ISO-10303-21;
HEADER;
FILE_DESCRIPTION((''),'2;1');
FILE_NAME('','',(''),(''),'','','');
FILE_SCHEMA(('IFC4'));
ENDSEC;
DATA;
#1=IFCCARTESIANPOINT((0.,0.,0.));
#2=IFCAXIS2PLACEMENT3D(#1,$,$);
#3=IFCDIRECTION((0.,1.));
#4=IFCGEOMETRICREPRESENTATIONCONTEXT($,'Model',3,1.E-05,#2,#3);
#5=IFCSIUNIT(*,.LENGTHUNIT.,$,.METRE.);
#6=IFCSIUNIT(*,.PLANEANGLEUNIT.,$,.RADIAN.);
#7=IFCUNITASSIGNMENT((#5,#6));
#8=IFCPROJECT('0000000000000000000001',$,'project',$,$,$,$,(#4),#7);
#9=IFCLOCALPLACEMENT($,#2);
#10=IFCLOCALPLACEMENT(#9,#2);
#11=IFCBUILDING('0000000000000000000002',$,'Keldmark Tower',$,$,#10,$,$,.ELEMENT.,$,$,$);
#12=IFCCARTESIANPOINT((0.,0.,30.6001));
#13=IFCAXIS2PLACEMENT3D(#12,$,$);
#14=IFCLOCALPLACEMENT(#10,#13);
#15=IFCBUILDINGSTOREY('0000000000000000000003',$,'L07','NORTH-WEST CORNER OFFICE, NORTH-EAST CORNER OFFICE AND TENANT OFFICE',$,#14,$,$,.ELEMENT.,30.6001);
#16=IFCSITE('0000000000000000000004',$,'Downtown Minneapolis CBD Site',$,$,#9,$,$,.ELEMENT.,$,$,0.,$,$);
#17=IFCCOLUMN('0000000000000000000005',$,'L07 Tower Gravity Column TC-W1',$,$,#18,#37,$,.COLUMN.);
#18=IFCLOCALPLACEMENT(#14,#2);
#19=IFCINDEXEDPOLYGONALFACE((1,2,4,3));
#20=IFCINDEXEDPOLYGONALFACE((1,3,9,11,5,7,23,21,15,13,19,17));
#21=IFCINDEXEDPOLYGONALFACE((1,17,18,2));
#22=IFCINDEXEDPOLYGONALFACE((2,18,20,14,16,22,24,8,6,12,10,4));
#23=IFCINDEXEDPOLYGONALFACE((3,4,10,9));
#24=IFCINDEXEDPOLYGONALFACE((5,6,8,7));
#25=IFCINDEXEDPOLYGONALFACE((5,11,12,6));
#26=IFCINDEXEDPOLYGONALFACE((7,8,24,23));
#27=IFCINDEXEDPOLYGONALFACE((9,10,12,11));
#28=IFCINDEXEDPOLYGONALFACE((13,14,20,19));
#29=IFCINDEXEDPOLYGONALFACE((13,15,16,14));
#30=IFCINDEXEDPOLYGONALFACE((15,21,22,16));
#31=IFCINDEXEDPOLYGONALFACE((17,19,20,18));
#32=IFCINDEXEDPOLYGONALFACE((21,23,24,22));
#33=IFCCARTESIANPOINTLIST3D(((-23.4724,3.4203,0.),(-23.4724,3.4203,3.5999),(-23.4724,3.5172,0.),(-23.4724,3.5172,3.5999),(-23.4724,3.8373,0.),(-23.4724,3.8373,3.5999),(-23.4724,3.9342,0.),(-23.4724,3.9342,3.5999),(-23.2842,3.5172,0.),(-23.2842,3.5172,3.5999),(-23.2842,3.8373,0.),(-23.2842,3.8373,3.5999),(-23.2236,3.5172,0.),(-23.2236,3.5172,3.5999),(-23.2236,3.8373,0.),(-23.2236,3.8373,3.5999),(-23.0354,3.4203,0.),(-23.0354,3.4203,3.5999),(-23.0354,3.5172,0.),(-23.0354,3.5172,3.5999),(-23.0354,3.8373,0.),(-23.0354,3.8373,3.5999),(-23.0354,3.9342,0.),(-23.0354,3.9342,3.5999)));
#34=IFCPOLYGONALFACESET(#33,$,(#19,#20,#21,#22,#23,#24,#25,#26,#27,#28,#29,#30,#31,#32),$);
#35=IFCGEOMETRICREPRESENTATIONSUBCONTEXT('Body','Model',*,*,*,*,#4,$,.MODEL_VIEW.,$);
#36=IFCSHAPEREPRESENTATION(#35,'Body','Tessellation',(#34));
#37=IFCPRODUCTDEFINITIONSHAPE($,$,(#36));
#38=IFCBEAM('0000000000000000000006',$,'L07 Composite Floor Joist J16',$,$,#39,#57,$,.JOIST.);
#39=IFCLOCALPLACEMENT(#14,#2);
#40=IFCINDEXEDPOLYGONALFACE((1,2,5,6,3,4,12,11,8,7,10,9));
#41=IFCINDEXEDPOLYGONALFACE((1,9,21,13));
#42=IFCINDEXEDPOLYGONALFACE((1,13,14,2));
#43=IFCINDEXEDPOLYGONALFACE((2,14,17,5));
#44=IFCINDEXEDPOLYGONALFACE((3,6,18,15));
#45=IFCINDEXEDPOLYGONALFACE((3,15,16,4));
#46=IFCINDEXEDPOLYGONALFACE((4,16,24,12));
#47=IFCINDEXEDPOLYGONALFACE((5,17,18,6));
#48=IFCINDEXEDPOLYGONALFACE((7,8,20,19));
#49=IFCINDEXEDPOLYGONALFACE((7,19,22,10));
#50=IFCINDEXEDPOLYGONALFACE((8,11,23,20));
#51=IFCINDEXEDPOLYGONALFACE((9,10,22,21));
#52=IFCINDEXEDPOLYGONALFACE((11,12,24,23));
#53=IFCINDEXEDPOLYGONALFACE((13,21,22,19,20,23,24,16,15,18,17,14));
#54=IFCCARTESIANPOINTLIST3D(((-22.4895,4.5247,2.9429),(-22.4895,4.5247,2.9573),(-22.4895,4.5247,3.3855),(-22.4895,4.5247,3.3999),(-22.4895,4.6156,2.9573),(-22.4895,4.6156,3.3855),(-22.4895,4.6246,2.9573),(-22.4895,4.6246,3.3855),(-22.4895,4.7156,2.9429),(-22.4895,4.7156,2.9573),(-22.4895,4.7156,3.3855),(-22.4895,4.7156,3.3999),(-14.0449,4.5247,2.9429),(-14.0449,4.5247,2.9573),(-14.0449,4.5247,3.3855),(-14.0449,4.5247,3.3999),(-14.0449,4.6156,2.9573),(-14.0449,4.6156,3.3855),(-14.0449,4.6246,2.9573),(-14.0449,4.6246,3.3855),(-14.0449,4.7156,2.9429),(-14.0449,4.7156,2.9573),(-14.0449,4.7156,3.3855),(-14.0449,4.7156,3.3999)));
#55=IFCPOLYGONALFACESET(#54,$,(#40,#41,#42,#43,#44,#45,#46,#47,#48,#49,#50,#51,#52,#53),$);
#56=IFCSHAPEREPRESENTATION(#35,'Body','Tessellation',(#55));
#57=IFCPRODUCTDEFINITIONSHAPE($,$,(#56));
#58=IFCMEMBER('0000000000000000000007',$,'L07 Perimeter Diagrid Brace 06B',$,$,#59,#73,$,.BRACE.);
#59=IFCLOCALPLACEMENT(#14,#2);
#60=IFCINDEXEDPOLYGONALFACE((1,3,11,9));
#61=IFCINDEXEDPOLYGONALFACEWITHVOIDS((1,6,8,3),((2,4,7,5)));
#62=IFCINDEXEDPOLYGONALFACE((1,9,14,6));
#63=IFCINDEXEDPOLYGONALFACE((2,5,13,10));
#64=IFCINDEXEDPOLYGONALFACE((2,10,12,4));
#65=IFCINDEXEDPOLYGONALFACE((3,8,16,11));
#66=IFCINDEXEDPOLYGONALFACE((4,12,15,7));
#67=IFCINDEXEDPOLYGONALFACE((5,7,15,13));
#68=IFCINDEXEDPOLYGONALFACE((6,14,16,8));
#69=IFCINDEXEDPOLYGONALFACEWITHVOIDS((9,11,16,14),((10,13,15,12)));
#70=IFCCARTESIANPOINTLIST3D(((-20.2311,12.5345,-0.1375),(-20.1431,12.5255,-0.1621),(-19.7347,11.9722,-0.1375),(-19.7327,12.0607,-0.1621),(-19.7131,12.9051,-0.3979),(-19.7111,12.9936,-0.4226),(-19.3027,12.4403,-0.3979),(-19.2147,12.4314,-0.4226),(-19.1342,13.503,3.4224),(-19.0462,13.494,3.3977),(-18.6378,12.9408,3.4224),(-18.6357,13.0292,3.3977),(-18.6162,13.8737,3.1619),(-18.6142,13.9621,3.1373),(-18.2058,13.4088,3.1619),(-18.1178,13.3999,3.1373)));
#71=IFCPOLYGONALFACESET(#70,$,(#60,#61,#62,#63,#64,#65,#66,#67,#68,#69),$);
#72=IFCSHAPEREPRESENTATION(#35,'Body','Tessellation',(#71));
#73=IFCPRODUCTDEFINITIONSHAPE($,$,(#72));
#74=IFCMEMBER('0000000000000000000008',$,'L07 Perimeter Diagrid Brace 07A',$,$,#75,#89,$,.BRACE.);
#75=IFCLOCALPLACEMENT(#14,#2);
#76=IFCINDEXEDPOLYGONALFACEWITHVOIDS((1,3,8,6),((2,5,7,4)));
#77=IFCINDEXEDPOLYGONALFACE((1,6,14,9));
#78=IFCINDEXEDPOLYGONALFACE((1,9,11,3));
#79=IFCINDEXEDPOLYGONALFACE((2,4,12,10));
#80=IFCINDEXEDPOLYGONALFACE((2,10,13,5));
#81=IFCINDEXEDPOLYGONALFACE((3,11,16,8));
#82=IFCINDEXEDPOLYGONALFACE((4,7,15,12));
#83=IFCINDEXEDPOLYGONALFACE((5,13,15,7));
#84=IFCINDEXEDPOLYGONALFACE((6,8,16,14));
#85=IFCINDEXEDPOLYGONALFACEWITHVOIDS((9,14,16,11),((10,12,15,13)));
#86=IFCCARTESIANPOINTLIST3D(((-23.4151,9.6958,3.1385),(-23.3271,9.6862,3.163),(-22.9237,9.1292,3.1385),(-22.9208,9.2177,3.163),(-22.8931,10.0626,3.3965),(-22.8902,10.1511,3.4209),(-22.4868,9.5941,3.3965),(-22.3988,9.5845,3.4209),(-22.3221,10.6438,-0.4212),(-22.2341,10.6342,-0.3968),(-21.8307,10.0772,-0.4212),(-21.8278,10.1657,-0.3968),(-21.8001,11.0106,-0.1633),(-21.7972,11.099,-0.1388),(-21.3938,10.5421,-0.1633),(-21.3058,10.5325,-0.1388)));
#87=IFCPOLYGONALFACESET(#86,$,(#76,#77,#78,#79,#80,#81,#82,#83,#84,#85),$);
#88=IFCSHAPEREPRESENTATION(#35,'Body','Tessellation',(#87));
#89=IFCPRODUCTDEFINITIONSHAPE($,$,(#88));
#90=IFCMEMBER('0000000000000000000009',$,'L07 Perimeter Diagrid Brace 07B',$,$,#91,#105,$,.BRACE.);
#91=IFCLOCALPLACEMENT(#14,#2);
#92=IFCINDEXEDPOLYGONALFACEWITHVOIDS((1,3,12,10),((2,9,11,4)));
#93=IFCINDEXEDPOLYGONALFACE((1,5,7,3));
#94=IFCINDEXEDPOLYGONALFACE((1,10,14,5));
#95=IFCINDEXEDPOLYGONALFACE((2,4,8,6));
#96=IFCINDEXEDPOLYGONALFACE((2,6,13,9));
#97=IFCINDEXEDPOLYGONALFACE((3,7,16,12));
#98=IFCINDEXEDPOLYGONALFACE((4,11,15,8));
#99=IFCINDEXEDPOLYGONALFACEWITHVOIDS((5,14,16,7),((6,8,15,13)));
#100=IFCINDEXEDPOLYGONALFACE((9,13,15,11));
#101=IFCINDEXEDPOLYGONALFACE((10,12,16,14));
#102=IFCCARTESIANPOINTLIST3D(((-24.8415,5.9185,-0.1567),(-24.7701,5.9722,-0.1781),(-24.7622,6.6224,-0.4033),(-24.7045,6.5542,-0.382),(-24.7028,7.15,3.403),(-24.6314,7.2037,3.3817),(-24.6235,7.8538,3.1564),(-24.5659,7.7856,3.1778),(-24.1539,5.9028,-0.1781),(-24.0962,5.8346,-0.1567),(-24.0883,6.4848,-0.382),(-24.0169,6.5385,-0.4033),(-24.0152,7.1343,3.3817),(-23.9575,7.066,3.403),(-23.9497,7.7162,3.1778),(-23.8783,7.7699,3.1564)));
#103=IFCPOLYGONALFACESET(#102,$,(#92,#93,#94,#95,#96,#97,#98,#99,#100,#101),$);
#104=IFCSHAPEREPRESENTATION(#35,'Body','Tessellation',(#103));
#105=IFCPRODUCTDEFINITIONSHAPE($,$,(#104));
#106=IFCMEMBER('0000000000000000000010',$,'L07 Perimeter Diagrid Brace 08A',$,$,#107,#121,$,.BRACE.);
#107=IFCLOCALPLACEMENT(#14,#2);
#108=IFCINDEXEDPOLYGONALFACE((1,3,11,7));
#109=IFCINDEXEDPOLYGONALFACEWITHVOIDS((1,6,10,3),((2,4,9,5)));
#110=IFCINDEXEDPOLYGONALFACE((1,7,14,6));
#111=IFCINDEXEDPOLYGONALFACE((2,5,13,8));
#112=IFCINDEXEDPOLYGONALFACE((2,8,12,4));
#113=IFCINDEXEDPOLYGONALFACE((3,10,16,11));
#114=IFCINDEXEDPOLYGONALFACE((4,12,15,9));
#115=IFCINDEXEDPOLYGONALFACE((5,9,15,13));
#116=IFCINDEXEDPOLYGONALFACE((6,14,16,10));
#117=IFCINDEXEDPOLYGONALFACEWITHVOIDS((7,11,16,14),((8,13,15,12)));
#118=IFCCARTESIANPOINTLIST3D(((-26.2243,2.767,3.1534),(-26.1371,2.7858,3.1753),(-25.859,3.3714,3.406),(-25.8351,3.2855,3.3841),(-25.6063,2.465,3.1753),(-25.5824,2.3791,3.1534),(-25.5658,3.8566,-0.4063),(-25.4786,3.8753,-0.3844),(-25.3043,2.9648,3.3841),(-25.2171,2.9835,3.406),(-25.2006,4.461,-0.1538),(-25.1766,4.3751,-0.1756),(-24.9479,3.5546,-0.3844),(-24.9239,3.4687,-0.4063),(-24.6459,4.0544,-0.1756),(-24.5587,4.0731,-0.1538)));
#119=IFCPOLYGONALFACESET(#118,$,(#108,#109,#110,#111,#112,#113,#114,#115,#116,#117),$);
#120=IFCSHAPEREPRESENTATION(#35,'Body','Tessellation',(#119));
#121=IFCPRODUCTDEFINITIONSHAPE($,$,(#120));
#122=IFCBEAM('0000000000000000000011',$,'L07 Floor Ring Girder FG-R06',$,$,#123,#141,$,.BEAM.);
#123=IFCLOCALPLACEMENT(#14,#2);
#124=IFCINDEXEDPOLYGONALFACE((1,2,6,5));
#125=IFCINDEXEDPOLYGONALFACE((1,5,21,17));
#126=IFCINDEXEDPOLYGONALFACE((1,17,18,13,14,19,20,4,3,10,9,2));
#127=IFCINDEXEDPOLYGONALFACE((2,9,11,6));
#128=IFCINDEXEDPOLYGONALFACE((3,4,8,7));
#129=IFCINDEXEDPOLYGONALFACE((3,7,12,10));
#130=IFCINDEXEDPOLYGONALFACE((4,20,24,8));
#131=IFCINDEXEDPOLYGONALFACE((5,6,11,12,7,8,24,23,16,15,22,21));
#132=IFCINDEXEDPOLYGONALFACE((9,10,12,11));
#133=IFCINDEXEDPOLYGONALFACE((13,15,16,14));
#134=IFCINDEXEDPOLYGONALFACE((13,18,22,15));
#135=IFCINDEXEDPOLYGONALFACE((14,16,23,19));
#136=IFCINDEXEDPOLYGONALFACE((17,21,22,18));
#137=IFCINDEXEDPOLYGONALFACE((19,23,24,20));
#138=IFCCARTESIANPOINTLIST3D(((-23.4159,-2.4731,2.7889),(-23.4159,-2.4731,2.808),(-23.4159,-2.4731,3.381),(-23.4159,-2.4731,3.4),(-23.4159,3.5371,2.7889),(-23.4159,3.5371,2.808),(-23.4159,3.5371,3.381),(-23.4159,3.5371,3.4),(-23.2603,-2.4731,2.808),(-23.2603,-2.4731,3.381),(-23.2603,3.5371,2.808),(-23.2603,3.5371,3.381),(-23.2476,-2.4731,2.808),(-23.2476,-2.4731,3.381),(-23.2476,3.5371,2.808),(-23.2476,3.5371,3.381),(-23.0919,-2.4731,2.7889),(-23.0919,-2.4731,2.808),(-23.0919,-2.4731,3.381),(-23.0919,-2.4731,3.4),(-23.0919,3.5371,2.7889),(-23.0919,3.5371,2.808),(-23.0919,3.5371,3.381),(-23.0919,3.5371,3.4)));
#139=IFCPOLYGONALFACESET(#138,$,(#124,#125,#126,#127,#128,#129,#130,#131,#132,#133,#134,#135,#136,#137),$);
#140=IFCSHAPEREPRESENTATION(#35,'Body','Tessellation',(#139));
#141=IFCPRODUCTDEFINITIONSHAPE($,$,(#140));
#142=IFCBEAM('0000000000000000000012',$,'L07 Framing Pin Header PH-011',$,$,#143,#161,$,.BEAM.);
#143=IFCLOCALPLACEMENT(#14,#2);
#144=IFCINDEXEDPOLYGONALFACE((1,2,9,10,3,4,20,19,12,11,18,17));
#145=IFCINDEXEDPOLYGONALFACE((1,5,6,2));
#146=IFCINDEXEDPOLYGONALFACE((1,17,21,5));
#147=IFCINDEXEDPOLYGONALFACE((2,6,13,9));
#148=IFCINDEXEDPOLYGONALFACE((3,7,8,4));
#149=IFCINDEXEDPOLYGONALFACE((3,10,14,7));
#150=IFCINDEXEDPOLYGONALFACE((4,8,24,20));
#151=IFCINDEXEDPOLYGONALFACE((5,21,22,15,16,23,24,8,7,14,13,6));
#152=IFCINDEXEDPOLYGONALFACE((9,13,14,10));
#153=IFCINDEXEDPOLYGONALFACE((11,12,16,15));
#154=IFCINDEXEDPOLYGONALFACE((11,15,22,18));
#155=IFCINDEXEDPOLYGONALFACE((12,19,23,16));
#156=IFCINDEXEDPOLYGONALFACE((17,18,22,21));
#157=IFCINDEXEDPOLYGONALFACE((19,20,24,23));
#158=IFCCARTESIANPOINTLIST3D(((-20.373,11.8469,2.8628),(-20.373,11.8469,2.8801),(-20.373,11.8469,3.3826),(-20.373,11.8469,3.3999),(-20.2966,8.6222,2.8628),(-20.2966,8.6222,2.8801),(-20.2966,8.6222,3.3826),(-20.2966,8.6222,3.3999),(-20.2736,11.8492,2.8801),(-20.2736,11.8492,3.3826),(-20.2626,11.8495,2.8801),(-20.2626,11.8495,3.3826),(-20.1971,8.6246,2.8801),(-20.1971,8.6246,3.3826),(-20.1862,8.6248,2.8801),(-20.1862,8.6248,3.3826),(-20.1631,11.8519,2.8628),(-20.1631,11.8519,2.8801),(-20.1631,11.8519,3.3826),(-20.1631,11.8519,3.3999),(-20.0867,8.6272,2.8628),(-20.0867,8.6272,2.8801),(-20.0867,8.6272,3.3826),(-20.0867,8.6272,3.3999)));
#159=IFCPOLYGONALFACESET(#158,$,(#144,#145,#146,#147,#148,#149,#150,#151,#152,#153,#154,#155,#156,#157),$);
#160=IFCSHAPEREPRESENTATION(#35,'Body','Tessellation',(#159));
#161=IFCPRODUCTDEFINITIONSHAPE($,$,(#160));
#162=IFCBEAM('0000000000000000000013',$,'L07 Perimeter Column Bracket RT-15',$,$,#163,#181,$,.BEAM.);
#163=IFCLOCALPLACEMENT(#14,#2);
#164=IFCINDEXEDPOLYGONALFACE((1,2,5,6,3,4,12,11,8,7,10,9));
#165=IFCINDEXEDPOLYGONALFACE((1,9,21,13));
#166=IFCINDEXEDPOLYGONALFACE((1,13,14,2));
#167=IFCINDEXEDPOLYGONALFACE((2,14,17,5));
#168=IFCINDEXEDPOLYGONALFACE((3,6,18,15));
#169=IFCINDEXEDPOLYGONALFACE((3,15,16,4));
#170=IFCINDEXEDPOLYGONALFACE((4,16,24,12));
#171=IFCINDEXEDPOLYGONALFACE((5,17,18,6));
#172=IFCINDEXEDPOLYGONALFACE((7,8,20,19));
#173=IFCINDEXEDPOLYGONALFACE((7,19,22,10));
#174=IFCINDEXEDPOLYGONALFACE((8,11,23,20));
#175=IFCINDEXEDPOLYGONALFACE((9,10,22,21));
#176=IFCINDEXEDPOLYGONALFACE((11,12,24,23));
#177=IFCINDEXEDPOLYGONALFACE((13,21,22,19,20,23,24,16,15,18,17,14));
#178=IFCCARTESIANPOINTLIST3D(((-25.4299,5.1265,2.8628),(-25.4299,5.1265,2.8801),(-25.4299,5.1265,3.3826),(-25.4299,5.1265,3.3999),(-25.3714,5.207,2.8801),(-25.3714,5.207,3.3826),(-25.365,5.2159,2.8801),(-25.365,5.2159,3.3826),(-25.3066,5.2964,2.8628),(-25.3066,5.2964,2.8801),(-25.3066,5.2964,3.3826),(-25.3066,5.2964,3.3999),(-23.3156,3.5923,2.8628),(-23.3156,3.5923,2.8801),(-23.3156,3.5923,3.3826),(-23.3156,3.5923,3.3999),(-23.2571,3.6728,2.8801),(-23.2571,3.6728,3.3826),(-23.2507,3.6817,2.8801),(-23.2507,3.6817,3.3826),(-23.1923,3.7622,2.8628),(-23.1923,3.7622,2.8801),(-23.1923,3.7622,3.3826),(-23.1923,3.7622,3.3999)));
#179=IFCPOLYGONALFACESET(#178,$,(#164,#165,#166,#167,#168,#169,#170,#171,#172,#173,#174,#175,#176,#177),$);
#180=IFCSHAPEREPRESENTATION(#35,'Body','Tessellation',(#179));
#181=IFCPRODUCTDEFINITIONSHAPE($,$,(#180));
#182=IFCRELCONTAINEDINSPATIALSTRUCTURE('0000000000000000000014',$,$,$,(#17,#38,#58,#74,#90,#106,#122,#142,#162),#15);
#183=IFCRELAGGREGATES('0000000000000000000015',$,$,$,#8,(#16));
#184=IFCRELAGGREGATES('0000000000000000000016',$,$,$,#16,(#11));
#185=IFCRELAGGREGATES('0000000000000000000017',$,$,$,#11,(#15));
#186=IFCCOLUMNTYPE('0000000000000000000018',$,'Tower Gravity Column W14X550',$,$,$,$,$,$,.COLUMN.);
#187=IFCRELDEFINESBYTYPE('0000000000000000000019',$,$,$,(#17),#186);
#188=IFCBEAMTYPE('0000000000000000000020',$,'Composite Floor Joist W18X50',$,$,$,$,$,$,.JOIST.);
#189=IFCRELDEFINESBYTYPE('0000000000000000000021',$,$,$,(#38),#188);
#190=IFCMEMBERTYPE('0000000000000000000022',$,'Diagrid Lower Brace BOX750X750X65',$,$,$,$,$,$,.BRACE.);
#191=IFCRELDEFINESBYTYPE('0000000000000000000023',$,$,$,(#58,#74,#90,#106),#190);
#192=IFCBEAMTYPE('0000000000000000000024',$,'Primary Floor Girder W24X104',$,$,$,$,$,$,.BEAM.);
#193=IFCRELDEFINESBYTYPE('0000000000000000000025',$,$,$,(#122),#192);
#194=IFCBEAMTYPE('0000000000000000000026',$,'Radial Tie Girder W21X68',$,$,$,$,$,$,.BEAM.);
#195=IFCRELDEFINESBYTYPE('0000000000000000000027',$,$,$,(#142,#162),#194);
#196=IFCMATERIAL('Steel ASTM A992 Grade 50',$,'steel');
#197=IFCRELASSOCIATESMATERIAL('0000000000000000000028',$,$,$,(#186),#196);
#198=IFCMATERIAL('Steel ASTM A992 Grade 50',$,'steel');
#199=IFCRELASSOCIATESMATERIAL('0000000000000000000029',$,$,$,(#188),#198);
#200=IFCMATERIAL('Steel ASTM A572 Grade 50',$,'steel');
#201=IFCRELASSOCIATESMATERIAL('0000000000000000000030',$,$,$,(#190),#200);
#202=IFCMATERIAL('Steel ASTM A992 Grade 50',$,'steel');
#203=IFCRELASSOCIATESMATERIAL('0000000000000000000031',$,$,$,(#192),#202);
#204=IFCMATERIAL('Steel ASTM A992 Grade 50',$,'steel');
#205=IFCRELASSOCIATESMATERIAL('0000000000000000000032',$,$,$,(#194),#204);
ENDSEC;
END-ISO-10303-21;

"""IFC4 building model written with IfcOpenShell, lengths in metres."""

from ifc_helpers import new_model, si_unit, direction, frame, origin, origin_2d, place, context, subcontext, project, spatial, hollow_rectangle, i_section, extrude, material, material_profile, profile_set, type_object, element, save


model = new_model("IFC4")

# Units and contexts
model_context = context("Model", 3, precision=1e-05, world=origin(), true_north=direction((0.0, 1.0)))
body_context = subcontext(model_context, "Body", "Model", "MODEL_VIEW")
ifc_project = project(units=[si_unit("LENGTHUNIT", "METRE"), si_unit("PLANEANGLEUNIT", "RADIAN")], contexts=[model_context])

# Site, building, storey
site_placement = place(None, origin())
site = spatial("IfcSite", under=ifc_project, at=site_placement, Name="Downtown Minneapolis CBD Site", CompositionType="ELEMENT", RefElevation=0.0)
building_placement = place(site_placement, origin())
building = spatial("IfcBuilding", under=site, at=building_placement, Name="Keldmark Tower", CompositionType="ELEMENT")
storey_placement = place(building_placement, frame((0.0, 0.0, 30.6001)))
storey = spatial("IfcBuildingStorey", under=building, at=storey_placement, Name="L07", Description="NORTH-WEST CORNER OFFICE, NORTH-EAST CORNER OFFICE AND TENANT OFFICE", CompositionType="ELEMENT", Elevation=30.6001)

# Column
ifc_material_1 = material(Name="Steel ASTM A992 Grade 50", Category="steel")
ifc_material_profile_1 = material_profile(ifc_material_1, i_section(OverallWidth=0.437, OverallDepth=0.5139, WebThickness=0.0605, FlangeThickness=0.0969, at=origin_2d()), Name="W14X550")
ifc_profile_set_1 = profile_set([ifc_material_profile_1], Name="Steel ASTM A992 Grade 50")
column_type = type_object("IfcColumnType", Name="Tower Gravity Column W14X550", PredefinedType="COLUMN", material=ifc_profile_set_1)
column_placement = place(storey_placement, frame((-23.2539, 3.6772, 0.0), z_axis=(0.0, 0.0, 1.0), x_axis=(1.0, 0.0, 0.0)))
element("IfcColumn", 1, at=column_placement, inside=storey, type_object=column_type, Name="L07 Tower Gravity Column TC-W1", PredefinedType="COLUMN", context=body_context, shape_type="SweptSolid", body=[
    extrude(i_section(OverallWidth=0.437, OverallDepth=0.5139, WebThickness=0.0605, FlangeThickness=0.0969, at=origin_2d()), origin(), (0.0, 0.0, 1.0), 3.5999),
])

# Beam
ifc_material_2 = material(Name="Steel ASTM A992 Grade 50", Category="steel")
ifc_material_profile_2 = material_profile(ifc_material_2, i_section(OverallWidth=0.1909, OverallDepth=0.457, WebThickness=0.009, FlangeThickness=0.0144, at=origin_2d()), Name="W18X50")
ifc_profile_set_2 = profile_set([ifc_material_profile_2], Name="Steel ASTM A992 Grade 50")
beam_type_1 = type_object("IfcBeamType", Name="Composite Floor Joist W18X50", PredefinedType="JOIST", material=ifc_profile_set_2)
beam_1_placement = place(storey_placement, frame((-22.4895, 4.6201, 3.1714), z_axis=(1.0, 0.0, 0.0), x_axis=(0.0, 1.0, 0.0)))
element("IfcBeam", 2, at=beam_1_placement, inside=storey, type_object=beam_type_1, Name="L07 Composite Floor Joist J16", PredefinedType="JOIST", context=body_context, shape_type="SweptSolid", body=[
    extrude(i_section(OverallWidth=0.1909, OverallDepth=0.457, WebThickness=0.009, FlangeThickness=0.0144, at=origin_2d()), origin(), (0.0, 0.0, 1.0), 8.4446),
])

# Members
ifc_material_3 = material(Name="Steel ASTM A572 Grade 50", Category="steel")
ifc_material_profile_3 = material_profile(ifc_material_3, hollow_rectangle(XDim=0.75, YDim=0.75, WallThickness=0.0649, at=origin_2d()), Name="BOX750X750X65")
ifc_profile_set_3 = profile_set([ifc_material_profile_3], Name="Steel ASTM A572 Grade 50")
member_type = type_object("IfcMemberType", Name="Diagrid Lower Brace BOX750X750X65", PredefinedType="BRACE", material=ifc_profile_set_3)
member_1_placement = place(storey_placement, frame((-19.7229, 12.4829, -0.28), z_axis=(0.285002, 0.251636, 0.924907), x_axis=(-0.661864, 0.749624, 0.0)))
element("IfcMember", 3, at=member_1_placement, inside=storey, type_object=member_type, Name="L07 Perimeter Diagrid Brace 06B", PredefinedType="BRACE", context=body_context, shape_type="SweptSolid", body=[
    extrude(hollow_rectangle(XDim=0.75, YDim=0.75, WallThickness=0.0649, at=origin_2d()), origin(), (0.0, 0.0, 1.0), 3.8489),
])
member_2_placement = place(storey_placement, frame((-21.814, 10.5881, -0.28), z_axis=(-0.284447, -0.246707, 0.926405), x_axis=(0.655213, -0.755444, 0.0)))
element("IfcMember", 4, at=member_2_placement, inside=storey, type_object=member_type, Name="L07 Perimeter Diagrid Brace 07A", PredefinedType="BRACE", context=body_context, shape_type="SweptSolid", body=[
    extrude(hollow_rectangle(XDim=0.75, YDim=0.75, WallThickness=0.0649, at=origin_2d()), origin(), (0.0, 0.0, 1.0), 3.8425),
])
member_3_placement = place(storey_placement, frame((-24.4292, 6.2285, -0.28), z_axis=(0.036789, 0.3267, 0.944412), x_axis=(-0.993719, 0.111902, 0.0)))
element("IfcMember", 5, at=member_3_placement, inside=storey, type_object=member_type, Name="L07 Perimeter Diagrid Brace 07B", PredefinedType="BRACE", context=body_context, shape_type="SweptSolid", body=[
    extrude(hollow_rectangle(XDim=0.75, YDim=0.75, WallThickness=0.0649, at=origin_2d()), origin(), (0.0, 0.0, 1.0), 3.7693),
])
member_4_placement = place(storey_placement, frame((-25.0623, 3.9648, -0.28), z_axis=(-0.174164, -0.288207, 0.941596), x_axis=(0.855864, -0.517201, 0.0)))
element("IfcMember", 6, at=member_4_placement, inside=storey, type_object=member_type, Name="L07 Perimeter Diagrid Brace 08A", PredefinedType="BRACE", context=body_context, shape_type="SweptSolid", body=[
    extrude(hollow_rectangle(XDim=0.75, YDim=0.75, WallThickness=0.0649, at=origin_2d()), origin(), (0.0, 0.0, 1.0), 3.7805),
])

# Beams
ifc_material_4 = material(Name="Steel ASTM A992 Grade 50", Category="steel")
ifc_material_profile_4 = material_profile(ifc_material_4, i_section(OverallWidth=0.324, OverallDepth=0.6111, WebThickness=0.0127, FlangeThickness=0.019, at=origin_2d()), Name="W24X104")
ifc_profile_set_4 = profile_set([ifc_material_profile_4], Name="Steel ASTM A992 Grade 50")
beam_type_2 = type_object("IfcBeamType", Name="Primary Floor Girder W24X104", PredefinedType="BEAM", material=ifc_profile_set_4)
beam_2_placement = place(storey_placement, frame((-23.2539, 3.5371, 3.0945), z_axis=(0.0, -1.0, 0.0), x_axis=(1.0, 0.0, 0.0)))
element("IfcBeam", 7, at=beam_2_placement, inside=storey, type_object=beam_type_2, Name="L07 Floor Ring Girder FG-R06", PredefinedType="BEAM", context=body_context, shape_type="SweptSolid", body=[
    extrude(i_section(OverallWidth=0.324, OverallDepth=0.6111, WebThickness=0.0127, FlangeThickness=0.019, at=origin_2d()), origin(), (0.0, 0.0, 1.0), 6.0103),
])
ifc_material_5 = material(Name="Steel ASTM A992 Grade 50", Category="steel")
ifc_material_profile_5 = material_profile(ifc_material_5, i_section(OverallWidth=0.21, OverallDepth=0.5371, WebThickness=0.011, FlangeThickness=0.0173, at=origin_2d()), Name="W21X68")
ifc_profile_set_5 = profile_set([ifc_material_profile_5], Name="Steel ASTM A992 Grade 50")
beam_type_3 = type_object("IfcBeamType", Name="Radial Tie Girder W21X68", PredefinedType="BEAM", material=ifc_profile_set_5)
beam_3_placement = place(storey_placement, frame((-20.2681, 11.8494, 3.1313), z_axis=(0.023691, -0.999719, 0.0), x_axis=(0.999719, 0.023691, 0.0)))
element("IfcBeam", 8, at=beam_3_placement, inside=storey, type_object=beam_type_3, Name="L07 Framing Pin Header PH-011", PredefinedType="BEAM", context=body_context, shape_type="SweptSolid", body=[
    extrude(i_section(OverallWidth=0.21, OverallDepth=0.5371, WebThickness=0.011, FlangeThickness=0.0173, at=origin_2d()), origin(), (0.0, 0.0, 1.0), 3.2256),
])
beam_4_placement = place(storey_placement, frame((-23.2539, 3.6772, 3.1313), z_axis=(-0.809366, 0.587304, 0.0), x_axis=(-0.587304, -0.809366, 0.0)))
element("IfcBeam", 9, at=beam_4_placement, inside=storey, type_object=beam_type_3, Name="L07 Perimeter Column Bracket RT-15", PredefinedType="BEAM", context=body_context, shape_type="SweptSolid", body=[
    extrude(i_section(OverallWidth=0.21, OverallDepth=0.5371, WebThickness=0.011, FlangeThickness=0.0173, at=origin_2d()), origin(), (0.0, 0.0, 1.0), 2.6123),
])

save(model, "model.ifc")
